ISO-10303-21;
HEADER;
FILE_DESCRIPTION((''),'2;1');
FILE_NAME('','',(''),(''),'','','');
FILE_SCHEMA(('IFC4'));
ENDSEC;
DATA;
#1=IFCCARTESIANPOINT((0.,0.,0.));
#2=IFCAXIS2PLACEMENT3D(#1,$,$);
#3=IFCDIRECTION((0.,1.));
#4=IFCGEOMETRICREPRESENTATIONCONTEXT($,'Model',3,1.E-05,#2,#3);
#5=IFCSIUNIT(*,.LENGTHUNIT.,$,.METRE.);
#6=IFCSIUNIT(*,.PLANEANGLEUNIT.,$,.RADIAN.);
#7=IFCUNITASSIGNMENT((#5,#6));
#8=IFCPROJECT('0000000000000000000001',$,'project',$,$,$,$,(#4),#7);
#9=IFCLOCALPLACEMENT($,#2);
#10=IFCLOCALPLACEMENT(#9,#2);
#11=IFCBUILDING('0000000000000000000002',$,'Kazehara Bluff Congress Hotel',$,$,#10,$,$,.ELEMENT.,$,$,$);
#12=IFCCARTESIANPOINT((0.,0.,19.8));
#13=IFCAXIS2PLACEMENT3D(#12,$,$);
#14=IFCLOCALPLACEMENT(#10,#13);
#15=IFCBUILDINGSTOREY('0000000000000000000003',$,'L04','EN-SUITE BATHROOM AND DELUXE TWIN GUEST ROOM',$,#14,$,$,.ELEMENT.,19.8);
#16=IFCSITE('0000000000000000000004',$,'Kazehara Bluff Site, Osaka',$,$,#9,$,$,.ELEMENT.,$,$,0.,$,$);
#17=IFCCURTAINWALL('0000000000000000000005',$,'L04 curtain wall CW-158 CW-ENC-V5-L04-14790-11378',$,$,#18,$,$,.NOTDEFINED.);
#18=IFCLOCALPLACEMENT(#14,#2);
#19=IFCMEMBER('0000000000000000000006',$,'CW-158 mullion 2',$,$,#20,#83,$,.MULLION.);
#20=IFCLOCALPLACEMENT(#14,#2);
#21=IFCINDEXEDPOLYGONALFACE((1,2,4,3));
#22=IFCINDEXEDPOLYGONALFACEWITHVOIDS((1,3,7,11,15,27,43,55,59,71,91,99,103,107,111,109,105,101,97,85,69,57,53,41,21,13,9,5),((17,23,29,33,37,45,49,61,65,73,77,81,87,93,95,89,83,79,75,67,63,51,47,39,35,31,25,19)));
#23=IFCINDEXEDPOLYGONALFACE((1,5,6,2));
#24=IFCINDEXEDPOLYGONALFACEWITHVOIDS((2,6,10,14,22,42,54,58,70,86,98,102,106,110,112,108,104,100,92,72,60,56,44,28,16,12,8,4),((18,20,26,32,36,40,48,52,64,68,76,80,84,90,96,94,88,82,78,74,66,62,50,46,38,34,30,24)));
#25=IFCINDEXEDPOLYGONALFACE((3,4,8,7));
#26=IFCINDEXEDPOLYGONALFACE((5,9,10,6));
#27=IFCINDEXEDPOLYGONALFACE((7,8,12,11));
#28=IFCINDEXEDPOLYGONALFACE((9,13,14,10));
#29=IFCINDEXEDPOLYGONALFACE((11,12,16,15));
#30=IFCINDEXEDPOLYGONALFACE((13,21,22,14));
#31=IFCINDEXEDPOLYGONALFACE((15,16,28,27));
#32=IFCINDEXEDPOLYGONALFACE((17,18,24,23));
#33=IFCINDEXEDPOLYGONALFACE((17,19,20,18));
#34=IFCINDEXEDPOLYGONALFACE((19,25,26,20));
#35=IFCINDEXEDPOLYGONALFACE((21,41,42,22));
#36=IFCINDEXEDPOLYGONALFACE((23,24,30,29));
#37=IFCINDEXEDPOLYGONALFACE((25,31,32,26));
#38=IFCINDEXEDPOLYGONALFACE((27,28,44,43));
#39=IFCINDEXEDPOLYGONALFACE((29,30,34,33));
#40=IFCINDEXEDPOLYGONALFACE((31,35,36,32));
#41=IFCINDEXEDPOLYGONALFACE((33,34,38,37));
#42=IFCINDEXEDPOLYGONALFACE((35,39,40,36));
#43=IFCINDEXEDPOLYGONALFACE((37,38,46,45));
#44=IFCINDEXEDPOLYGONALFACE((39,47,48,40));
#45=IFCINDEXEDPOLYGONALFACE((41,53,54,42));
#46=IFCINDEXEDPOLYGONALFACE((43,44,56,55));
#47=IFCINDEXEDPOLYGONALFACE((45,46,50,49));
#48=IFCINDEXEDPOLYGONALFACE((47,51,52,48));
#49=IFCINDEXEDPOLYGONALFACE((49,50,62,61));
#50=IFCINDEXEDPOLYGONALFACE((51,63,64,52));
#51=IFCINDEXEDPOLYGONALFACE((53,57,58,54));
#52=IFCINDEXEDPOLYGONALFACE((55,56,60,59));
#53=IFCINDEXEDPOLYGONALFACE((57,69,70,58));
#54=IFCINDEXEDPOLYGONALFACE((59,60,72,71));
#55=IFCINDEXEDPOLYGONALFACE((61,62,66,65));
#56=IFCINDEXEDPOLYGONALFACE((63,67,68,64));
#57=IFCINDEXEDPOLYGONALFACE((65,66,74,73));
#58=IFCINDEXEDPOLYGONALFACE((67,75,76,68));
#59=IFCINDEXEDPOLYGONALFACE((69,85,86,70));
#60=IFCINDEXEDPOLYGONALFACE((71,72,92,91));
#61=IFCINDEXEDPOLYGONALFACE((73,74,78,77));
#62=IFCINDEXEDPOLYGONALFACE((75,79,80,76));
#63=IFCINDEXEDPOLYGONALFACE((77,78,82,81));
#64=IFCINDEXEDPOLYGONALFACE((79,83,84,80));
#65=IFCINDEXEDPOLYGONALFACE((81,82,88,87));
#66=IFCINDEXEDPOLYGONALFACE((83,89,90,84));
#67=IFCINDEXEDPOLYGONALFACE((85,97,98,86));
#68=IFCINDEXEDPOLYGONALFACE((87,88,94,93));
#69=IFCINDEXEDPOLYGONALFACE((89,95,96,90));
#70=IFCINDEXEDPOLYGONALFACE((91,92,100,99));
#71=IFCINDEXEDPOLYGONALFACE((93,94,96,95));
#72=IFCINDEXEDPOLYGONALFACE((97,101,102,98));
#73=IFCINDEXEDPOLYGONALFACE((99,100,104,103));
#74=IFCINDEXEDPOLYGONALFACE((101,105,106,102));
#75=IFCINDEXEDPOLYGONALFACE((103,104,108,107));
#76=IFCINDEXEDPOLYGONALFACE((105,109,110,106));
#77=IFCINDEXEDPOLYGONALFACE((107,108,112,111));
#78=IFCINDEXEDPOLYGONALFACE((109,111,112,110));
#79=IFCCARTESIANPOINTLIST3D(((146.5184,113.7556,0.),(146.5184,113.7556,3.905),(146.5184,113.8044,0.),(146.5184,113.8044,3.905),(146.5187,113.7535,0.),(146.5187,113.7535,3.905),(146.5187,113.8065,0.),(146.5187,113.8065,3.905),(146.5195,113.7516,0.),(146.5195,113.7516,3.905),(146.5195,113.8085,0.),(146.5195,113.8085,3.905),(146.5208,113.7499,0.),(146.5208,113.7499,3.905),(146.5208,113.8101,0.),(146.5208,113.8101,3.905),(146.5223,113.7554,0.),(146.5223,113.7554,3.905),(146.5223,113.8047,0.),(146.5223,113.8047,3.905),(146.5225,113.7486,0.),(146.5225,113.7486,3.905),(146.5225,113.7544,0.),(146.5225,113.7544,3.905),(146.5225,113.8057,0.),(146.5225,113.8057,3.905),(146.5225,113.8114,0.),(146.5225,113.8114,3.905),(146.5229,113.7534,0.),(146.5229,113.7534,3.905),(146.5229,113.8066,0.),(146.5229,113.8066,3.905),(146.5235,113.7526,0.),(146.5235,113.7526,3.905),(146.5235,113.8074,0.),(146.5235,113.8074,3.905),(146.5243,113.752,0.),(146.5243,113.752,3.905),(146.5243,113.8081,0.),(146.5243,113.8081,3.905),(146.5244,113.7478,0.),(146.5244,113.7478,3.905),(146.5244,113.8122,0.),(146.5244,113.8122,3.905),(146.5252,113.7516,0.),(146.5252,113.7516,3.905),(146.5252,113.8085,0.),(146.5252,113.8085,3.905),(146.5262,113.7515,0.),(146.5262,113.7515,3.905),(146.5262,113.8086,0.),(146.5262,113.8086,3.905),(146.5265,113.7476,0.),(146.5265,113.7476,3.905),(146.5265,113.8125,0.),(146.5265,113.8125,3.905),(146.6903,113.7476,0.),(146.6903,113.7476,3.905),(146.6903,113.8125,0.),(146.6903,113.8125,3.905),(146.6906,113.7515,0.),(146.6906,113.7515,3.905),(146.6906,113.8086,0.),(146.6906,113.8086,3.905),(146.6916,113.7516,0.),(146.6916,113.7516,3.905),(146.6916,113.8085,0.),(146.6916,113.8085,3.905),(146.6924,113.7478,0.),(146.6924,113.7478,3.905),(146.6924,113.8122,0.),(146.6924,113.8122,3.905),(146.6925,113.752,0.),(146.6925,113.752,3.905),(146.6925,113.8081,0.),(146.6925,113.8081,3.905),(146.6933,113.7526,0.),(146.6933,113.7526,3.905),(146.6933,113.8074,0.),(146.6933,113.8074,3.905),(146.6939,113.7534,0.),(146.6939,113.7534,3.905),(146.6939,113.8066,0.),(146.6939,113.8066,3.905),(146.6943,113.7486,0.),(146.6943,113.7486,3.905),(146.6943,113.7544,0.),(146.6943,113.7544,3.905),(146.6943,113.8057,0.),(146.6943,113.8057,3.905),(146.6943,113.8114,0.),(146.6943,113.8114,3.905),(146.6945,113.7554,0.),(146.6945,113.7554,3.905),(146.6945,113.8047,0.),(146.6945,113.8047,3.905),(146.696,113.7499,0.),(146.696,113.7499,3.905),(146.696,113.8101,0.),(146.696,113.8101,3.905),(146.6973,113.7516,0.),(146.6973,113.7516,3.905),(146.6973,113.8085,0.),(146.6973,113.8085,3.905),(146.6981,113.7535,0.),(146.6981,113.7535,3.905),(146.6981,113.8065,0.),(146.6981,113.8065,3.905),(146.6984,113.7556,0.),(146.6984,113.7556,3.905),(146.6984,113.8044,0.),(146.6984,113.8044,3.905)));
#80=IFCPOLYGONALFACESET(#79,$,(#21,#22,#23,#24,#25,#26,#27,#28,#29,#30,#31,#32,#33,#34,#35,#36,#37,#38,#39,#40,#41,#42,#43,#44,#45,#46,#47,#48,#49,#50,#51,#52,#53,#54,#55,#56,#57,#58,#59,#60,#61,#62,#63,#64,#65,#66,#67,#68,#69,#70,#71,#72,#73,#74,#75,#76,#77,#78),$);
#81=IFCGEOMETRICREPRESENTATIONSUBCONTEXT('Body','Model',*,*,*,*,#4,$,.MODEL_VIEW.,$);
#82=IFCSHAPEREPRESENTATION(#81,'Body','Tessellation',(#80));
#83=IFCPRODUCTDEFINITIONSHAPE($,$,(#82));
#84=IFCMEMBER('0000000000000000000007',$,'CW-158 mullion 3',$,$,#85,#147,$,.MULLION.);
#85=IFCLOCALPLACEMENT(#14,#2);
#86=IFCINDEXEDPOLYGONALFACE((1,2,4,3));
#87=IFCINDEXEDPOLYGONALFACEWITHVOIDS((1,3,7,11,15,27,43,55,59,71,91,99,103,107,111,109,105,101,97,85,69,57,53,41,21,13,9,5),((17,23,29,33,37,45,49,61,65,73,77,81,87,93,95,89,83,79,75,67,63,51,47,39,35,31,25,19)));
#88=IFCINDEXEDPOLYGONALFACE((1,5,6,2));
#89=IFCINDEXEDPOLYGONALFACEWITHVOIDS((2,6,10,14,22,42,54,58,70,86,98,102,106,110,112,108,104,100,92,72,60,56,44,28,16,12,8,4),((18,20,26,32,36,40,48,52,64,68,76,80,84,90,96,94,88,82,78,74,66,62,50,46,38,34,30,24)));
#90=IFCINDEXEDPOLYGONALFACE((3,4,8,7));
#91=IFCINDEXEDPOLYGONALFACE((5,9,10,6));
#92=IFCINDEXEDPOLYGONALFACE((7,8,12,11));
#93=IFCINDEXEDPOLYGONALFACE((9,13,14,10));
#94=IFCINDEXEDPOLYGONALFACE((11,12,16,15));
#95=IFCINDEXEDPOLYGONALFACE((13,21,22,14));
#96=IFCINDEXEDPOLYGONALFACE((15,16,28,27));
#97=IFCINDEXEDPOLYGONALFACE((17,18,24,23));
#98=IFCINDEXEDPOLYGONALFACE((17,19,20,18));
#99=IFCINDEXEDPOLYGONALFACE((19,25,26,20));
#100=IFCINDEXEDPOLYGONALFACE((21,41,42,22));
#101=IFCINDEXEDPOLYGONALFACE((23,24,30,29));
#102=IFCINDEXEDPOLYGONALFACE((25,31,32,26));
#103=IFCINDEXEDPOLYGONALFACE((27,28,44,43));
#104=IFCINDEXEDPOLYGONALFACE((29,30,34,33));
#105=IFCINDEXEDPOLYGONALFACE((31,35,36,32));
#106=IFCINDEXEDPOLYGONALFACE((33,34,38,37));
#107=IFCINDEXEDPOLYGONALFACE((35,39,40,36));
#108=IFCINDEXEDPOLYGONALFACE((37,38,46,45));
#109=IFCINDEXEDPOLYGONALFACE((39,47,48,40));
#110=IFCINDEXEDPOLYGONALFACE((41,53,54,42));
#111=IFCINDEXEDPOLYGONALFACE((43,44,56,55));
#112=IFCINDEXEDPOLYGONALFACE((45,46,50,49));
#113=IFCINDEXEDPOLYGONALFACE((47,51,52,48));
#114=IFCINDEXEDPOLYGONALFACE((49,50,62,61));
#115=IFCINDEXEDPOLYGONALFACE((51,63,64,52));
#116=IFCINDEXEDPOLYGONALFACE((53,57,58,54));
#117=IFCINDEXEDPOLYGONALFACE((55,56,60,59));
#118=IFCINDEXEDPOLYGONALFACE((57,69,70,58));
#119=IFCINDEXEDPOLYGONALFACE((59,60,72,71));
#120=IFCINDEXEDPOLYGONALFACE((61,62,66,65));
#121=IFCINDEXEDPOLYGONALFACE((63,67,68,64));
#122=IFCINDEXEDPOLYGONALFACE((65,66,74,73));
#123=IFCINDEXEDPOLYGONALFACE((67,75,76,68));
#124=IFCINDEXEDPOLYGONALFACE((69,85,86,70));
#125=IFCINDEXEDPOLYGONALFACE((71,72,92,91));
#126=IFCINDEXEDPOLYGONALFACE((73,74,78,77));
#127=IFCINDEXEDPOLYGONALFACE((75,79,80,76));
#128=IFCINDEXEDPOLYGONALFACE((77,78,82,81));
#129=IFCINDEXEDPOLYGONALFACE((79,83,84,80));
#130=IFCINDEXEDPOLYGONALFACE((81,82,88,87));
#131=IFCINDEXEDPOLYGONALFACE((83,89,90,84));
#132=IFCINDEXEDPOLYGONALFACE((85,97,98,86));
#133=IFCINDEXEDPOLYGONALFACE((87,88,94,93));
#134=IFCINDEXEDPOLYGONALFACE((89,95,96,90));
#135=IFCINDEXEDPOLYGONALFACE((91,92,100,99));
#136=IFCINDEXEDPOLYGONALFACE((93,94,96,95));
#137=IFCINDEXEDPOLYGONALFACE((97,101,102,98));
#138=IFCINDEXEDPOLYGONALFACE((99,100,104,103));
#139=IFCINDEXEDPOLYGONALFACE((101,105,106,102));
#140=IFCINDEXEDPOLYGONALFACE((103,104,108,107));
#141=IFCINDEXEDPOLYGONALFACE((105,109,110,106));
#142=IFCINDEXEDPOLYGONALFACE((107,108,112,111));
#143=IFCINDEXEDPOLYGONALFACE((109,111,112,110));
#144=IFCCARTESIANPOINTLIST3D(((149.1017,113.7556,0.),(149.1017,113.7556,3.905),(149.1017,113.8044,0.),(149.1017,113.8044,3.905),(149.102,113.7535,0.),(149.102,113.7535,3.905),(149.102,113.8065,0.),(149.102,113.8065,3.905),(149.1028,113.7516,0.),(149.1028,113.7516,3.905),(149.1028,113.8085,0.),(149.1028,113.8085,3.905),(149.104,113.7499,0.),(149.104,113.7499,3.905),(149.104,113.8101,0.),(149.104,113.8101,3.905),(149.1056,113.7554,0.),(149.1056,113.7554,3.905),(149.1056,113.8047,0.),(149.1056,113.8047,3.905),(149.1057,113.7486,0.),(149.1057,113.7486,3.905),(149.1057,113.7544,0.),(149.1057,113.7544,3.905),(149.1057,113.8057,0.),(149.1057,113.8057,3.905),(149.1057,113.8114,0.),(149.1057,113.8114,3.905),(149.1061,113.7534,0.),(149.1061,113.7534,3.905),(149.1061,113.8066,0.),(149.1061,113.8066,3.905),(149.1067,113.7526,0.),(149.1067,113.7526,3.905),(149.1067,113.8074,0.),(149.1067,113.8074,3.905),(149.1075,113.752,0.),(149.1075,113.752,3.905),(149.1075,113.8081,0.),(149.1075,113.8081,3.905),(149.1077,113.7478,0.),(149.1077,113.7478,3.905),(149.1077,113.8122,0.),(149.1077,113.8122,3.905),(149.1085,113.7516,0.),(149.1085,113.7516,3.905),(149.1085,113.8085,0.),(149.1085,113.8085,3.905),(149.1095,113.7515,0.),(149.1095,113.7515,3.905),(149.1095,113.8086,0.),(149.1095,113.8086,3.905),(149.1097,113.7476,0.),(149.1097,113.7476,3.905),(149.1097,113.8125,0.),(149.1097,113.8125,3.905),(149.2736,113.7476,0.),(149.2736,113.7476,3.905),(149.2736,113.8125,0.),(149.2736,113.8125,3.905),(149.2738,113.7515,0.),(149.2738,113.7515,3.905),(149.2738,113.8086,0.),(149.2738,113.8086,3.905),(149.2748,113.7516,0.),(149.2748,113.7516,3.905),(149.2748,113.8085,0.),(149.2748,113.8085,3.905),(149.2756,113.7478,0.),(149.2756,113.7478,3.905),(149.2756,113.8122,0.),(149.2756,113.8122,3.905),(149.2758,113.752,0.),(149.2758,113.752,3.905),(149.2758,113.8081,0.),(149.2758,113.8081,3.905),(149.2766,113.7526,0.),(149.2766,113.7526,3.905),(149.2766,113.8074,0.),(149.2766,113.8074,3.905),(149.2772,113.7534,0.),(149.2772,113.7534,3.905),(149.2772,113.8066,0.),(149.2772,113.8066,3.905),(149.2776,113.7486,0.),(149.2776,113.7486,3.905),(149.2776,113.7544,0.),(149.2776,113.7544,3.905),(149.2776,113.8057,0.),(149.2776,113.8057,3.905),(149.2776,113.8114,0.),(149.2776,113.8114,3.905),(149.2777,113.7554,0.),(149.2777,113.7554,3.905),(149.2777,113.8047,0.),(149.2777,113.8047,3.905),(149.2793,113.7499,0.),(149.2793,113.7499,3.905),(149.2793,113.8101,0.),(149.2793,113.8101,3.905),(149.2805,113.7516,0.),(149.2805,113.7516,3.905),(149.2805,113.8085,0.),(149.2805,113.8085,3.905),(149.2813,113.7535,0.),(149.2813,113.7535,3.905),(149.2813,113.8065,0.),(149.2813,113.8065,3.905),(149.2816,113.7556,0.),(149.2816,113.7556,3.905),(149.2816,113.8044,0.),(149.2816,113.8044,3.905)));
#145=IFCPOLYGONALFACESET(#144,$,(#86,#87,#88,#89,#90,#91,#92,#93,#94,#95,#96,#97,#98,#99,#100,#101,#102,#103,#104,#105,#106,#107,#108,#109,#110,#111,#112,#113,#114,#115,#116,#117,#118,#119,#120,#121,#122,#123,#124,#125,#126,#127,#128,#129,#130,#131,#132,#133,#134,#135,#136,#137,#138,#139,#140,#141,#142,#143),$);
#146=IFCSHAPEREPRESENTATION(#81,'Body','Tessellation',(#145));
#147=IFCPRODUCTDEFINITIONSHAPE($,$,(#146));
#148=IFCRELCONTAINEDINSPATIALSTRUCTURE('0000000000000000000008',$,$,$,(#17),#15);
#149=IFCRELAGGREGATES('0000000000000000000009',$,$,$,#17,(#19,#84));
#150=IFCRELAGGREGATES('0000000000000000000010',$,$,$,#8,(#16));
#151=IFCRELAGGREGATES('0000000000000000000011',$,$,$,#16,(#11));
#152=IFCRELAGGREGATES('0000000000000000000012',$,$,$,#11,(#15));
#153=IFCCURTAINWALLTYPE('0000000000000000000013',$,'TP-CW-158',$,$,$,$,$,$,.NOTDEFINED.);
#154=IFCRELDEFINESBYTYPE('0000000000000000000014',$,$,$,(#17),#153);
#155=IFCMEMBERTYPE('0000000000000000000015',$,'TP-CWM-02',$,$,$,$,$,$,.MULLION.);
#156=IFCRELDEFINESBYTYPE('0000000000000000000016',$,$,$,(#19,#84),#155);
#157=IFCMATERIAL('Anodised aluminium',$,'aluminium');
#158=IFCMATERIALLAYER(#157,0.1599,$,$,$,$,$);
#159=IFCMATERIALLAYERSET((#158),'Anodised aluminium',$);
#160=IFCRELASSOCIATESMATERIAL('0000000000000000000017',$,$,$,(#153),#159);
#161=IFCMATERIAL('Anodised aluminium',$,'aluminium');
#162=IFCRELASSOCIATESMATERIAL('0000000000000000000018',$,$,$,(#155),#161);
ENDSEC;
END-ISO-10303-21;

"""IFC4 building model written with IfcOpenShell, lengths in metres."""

from ifc_helpers import new_model, si_unit, direction, frame, origin, origin_2d, place, context, subcontext, project, spatial, hollow_rectangle, extrude, material, layer, layer_set, material_profile, profile_set, type_object, element, aggregate, save


model = new_model("IFC4")

# Units and contexts
model_context = context("Model", 3, precision=1e-05, world=origin(), true_north=direction((0.0, 1.0)))
body_context = subcontext(model_context, "Body", "Model", "MODEL_VIEW")
ifc_project = project(units=[si_unit("LENGTHUNIT", "METRE"), si_unit("PLANEANGLEUNIT", "RADIAN")], contexts=[model_context])

# Site, building, storey
site_placement = place(None, origin())
site = spatial("IfcSite", under=ifc_project, at=site_placement, Name="Kazehara Bluff Site, Osaka", CompositionType="ELEMENT", RefElevation=0.0)
building_placement = place(site_placement, origin())
building = spatial("IfcBuilding", under=site, at=building_placement, Name="Kazehara Bluff Congress Hotel", CompositionType="ELEMENT")
storey_placement = place(building_placement, frame((0.0, 0.0, 19.8)))
storey = spatial("IfcBuildingStorey", under=building, at=storey_placement, Name="L04", Description="EN-SUITE BATHROOM AND DELUXE TWIN GUEST ROOM", CompositionType="ELEMENT", Elevation=19.8)

# Curtain wall, members
ifc_material_1 = material(Name="Anodised aluminium", Category="aluminium")
ifc_layer_1 = layer(ifc_material_1, 0.1599)
ifc_layer_set_1 = layer_set([ifc_layer_1], Name="Anodised aluminium")
curtain_wall_type = type_object("IfcCurtainWallType", Name="TP-CW-158", PredefinedType="NOTDEFINED", material=ifc_layer_set_1)
curtain_wall_1_placement = place(storey_placement, origin())
curtain_wall_1 = element("IfcCurtainWall", 1, at=curtain_wall_1_placement, inside=storey, type_object=curtain_wall_type, Name="L04 curtain wall CW-158 CW-ENC-V5-L04-14790-11378", PredefinedType="NOTDEFINED")
ifc_material_2 = material(Name="Anodised aluminium", Category="aluminium")
ifc_material_profile_1 = material_profile(ifc_material_2, hollow_rectangle(XDim=0.0649, YDim=0.1799, WallThickness=0.0039, InnerFilletRadius=0.0039, OuterFilletRadius=0.0081, at=origin_2d()))
ifc_profile_set_1 = profile_set([ifc_material_profile_1], Name="Anodised aluminium")
member_type_1 = type_object("IfcMemberType", Name="TP-CWM-02", PredefinedType="MULLION", material=ifc_profile_set_1)
member_1_placement = place(storey_placement, frame((146.6084, 113.78, 0.0), z_axis=(0.0, 0.0, 1.0), x_axis=(0.0, 1.0, 0.0)))
member_1 = element("IfcMember", 2, at=member_1_placement, type_object=member_type_1, Name="CW-158 mullion 2", PredefinedType="MULLION", context=body_context, shape_type="SweptSolid", body=[
    extrude(hollow_rectangle(XDim=0.0649, YDim=0.1799, WallThickness=0.0039, InnerFilletRadius=0.0039, OuterFilletRadius=0.0081, at=origin_2d()), origin(), (0.0, 0.0, 1.0), 3.905),
])
member_2_placement = place(storey_placement, frame((149.1917, 113.78, 0.0), z_axis=(0.0, 0.0, 1.0), x_axis=(0.0, 1.0, 0.0)))
member_2 = element("IfcMember", 3, at=member_2_placement, type_object=member_type_1, Name="CW-158 mullion 3", PredefinedType="MULLION", context=body_context, shape_type="SweptSolid", body=[
    extrude(hollow_rectangle(XDim=0.0649, YDim=0.1799, WallThickness=0.0039, InnerFilletRadius=0.0039, OuterFilletRadius=0.0081, at=origin_2d()), origin(), (0.0, 0.0, 1.0), 3.905),
])

aggregate(curtain_wall_1, [member_1, member_2])

save(model, "model.ifc")
